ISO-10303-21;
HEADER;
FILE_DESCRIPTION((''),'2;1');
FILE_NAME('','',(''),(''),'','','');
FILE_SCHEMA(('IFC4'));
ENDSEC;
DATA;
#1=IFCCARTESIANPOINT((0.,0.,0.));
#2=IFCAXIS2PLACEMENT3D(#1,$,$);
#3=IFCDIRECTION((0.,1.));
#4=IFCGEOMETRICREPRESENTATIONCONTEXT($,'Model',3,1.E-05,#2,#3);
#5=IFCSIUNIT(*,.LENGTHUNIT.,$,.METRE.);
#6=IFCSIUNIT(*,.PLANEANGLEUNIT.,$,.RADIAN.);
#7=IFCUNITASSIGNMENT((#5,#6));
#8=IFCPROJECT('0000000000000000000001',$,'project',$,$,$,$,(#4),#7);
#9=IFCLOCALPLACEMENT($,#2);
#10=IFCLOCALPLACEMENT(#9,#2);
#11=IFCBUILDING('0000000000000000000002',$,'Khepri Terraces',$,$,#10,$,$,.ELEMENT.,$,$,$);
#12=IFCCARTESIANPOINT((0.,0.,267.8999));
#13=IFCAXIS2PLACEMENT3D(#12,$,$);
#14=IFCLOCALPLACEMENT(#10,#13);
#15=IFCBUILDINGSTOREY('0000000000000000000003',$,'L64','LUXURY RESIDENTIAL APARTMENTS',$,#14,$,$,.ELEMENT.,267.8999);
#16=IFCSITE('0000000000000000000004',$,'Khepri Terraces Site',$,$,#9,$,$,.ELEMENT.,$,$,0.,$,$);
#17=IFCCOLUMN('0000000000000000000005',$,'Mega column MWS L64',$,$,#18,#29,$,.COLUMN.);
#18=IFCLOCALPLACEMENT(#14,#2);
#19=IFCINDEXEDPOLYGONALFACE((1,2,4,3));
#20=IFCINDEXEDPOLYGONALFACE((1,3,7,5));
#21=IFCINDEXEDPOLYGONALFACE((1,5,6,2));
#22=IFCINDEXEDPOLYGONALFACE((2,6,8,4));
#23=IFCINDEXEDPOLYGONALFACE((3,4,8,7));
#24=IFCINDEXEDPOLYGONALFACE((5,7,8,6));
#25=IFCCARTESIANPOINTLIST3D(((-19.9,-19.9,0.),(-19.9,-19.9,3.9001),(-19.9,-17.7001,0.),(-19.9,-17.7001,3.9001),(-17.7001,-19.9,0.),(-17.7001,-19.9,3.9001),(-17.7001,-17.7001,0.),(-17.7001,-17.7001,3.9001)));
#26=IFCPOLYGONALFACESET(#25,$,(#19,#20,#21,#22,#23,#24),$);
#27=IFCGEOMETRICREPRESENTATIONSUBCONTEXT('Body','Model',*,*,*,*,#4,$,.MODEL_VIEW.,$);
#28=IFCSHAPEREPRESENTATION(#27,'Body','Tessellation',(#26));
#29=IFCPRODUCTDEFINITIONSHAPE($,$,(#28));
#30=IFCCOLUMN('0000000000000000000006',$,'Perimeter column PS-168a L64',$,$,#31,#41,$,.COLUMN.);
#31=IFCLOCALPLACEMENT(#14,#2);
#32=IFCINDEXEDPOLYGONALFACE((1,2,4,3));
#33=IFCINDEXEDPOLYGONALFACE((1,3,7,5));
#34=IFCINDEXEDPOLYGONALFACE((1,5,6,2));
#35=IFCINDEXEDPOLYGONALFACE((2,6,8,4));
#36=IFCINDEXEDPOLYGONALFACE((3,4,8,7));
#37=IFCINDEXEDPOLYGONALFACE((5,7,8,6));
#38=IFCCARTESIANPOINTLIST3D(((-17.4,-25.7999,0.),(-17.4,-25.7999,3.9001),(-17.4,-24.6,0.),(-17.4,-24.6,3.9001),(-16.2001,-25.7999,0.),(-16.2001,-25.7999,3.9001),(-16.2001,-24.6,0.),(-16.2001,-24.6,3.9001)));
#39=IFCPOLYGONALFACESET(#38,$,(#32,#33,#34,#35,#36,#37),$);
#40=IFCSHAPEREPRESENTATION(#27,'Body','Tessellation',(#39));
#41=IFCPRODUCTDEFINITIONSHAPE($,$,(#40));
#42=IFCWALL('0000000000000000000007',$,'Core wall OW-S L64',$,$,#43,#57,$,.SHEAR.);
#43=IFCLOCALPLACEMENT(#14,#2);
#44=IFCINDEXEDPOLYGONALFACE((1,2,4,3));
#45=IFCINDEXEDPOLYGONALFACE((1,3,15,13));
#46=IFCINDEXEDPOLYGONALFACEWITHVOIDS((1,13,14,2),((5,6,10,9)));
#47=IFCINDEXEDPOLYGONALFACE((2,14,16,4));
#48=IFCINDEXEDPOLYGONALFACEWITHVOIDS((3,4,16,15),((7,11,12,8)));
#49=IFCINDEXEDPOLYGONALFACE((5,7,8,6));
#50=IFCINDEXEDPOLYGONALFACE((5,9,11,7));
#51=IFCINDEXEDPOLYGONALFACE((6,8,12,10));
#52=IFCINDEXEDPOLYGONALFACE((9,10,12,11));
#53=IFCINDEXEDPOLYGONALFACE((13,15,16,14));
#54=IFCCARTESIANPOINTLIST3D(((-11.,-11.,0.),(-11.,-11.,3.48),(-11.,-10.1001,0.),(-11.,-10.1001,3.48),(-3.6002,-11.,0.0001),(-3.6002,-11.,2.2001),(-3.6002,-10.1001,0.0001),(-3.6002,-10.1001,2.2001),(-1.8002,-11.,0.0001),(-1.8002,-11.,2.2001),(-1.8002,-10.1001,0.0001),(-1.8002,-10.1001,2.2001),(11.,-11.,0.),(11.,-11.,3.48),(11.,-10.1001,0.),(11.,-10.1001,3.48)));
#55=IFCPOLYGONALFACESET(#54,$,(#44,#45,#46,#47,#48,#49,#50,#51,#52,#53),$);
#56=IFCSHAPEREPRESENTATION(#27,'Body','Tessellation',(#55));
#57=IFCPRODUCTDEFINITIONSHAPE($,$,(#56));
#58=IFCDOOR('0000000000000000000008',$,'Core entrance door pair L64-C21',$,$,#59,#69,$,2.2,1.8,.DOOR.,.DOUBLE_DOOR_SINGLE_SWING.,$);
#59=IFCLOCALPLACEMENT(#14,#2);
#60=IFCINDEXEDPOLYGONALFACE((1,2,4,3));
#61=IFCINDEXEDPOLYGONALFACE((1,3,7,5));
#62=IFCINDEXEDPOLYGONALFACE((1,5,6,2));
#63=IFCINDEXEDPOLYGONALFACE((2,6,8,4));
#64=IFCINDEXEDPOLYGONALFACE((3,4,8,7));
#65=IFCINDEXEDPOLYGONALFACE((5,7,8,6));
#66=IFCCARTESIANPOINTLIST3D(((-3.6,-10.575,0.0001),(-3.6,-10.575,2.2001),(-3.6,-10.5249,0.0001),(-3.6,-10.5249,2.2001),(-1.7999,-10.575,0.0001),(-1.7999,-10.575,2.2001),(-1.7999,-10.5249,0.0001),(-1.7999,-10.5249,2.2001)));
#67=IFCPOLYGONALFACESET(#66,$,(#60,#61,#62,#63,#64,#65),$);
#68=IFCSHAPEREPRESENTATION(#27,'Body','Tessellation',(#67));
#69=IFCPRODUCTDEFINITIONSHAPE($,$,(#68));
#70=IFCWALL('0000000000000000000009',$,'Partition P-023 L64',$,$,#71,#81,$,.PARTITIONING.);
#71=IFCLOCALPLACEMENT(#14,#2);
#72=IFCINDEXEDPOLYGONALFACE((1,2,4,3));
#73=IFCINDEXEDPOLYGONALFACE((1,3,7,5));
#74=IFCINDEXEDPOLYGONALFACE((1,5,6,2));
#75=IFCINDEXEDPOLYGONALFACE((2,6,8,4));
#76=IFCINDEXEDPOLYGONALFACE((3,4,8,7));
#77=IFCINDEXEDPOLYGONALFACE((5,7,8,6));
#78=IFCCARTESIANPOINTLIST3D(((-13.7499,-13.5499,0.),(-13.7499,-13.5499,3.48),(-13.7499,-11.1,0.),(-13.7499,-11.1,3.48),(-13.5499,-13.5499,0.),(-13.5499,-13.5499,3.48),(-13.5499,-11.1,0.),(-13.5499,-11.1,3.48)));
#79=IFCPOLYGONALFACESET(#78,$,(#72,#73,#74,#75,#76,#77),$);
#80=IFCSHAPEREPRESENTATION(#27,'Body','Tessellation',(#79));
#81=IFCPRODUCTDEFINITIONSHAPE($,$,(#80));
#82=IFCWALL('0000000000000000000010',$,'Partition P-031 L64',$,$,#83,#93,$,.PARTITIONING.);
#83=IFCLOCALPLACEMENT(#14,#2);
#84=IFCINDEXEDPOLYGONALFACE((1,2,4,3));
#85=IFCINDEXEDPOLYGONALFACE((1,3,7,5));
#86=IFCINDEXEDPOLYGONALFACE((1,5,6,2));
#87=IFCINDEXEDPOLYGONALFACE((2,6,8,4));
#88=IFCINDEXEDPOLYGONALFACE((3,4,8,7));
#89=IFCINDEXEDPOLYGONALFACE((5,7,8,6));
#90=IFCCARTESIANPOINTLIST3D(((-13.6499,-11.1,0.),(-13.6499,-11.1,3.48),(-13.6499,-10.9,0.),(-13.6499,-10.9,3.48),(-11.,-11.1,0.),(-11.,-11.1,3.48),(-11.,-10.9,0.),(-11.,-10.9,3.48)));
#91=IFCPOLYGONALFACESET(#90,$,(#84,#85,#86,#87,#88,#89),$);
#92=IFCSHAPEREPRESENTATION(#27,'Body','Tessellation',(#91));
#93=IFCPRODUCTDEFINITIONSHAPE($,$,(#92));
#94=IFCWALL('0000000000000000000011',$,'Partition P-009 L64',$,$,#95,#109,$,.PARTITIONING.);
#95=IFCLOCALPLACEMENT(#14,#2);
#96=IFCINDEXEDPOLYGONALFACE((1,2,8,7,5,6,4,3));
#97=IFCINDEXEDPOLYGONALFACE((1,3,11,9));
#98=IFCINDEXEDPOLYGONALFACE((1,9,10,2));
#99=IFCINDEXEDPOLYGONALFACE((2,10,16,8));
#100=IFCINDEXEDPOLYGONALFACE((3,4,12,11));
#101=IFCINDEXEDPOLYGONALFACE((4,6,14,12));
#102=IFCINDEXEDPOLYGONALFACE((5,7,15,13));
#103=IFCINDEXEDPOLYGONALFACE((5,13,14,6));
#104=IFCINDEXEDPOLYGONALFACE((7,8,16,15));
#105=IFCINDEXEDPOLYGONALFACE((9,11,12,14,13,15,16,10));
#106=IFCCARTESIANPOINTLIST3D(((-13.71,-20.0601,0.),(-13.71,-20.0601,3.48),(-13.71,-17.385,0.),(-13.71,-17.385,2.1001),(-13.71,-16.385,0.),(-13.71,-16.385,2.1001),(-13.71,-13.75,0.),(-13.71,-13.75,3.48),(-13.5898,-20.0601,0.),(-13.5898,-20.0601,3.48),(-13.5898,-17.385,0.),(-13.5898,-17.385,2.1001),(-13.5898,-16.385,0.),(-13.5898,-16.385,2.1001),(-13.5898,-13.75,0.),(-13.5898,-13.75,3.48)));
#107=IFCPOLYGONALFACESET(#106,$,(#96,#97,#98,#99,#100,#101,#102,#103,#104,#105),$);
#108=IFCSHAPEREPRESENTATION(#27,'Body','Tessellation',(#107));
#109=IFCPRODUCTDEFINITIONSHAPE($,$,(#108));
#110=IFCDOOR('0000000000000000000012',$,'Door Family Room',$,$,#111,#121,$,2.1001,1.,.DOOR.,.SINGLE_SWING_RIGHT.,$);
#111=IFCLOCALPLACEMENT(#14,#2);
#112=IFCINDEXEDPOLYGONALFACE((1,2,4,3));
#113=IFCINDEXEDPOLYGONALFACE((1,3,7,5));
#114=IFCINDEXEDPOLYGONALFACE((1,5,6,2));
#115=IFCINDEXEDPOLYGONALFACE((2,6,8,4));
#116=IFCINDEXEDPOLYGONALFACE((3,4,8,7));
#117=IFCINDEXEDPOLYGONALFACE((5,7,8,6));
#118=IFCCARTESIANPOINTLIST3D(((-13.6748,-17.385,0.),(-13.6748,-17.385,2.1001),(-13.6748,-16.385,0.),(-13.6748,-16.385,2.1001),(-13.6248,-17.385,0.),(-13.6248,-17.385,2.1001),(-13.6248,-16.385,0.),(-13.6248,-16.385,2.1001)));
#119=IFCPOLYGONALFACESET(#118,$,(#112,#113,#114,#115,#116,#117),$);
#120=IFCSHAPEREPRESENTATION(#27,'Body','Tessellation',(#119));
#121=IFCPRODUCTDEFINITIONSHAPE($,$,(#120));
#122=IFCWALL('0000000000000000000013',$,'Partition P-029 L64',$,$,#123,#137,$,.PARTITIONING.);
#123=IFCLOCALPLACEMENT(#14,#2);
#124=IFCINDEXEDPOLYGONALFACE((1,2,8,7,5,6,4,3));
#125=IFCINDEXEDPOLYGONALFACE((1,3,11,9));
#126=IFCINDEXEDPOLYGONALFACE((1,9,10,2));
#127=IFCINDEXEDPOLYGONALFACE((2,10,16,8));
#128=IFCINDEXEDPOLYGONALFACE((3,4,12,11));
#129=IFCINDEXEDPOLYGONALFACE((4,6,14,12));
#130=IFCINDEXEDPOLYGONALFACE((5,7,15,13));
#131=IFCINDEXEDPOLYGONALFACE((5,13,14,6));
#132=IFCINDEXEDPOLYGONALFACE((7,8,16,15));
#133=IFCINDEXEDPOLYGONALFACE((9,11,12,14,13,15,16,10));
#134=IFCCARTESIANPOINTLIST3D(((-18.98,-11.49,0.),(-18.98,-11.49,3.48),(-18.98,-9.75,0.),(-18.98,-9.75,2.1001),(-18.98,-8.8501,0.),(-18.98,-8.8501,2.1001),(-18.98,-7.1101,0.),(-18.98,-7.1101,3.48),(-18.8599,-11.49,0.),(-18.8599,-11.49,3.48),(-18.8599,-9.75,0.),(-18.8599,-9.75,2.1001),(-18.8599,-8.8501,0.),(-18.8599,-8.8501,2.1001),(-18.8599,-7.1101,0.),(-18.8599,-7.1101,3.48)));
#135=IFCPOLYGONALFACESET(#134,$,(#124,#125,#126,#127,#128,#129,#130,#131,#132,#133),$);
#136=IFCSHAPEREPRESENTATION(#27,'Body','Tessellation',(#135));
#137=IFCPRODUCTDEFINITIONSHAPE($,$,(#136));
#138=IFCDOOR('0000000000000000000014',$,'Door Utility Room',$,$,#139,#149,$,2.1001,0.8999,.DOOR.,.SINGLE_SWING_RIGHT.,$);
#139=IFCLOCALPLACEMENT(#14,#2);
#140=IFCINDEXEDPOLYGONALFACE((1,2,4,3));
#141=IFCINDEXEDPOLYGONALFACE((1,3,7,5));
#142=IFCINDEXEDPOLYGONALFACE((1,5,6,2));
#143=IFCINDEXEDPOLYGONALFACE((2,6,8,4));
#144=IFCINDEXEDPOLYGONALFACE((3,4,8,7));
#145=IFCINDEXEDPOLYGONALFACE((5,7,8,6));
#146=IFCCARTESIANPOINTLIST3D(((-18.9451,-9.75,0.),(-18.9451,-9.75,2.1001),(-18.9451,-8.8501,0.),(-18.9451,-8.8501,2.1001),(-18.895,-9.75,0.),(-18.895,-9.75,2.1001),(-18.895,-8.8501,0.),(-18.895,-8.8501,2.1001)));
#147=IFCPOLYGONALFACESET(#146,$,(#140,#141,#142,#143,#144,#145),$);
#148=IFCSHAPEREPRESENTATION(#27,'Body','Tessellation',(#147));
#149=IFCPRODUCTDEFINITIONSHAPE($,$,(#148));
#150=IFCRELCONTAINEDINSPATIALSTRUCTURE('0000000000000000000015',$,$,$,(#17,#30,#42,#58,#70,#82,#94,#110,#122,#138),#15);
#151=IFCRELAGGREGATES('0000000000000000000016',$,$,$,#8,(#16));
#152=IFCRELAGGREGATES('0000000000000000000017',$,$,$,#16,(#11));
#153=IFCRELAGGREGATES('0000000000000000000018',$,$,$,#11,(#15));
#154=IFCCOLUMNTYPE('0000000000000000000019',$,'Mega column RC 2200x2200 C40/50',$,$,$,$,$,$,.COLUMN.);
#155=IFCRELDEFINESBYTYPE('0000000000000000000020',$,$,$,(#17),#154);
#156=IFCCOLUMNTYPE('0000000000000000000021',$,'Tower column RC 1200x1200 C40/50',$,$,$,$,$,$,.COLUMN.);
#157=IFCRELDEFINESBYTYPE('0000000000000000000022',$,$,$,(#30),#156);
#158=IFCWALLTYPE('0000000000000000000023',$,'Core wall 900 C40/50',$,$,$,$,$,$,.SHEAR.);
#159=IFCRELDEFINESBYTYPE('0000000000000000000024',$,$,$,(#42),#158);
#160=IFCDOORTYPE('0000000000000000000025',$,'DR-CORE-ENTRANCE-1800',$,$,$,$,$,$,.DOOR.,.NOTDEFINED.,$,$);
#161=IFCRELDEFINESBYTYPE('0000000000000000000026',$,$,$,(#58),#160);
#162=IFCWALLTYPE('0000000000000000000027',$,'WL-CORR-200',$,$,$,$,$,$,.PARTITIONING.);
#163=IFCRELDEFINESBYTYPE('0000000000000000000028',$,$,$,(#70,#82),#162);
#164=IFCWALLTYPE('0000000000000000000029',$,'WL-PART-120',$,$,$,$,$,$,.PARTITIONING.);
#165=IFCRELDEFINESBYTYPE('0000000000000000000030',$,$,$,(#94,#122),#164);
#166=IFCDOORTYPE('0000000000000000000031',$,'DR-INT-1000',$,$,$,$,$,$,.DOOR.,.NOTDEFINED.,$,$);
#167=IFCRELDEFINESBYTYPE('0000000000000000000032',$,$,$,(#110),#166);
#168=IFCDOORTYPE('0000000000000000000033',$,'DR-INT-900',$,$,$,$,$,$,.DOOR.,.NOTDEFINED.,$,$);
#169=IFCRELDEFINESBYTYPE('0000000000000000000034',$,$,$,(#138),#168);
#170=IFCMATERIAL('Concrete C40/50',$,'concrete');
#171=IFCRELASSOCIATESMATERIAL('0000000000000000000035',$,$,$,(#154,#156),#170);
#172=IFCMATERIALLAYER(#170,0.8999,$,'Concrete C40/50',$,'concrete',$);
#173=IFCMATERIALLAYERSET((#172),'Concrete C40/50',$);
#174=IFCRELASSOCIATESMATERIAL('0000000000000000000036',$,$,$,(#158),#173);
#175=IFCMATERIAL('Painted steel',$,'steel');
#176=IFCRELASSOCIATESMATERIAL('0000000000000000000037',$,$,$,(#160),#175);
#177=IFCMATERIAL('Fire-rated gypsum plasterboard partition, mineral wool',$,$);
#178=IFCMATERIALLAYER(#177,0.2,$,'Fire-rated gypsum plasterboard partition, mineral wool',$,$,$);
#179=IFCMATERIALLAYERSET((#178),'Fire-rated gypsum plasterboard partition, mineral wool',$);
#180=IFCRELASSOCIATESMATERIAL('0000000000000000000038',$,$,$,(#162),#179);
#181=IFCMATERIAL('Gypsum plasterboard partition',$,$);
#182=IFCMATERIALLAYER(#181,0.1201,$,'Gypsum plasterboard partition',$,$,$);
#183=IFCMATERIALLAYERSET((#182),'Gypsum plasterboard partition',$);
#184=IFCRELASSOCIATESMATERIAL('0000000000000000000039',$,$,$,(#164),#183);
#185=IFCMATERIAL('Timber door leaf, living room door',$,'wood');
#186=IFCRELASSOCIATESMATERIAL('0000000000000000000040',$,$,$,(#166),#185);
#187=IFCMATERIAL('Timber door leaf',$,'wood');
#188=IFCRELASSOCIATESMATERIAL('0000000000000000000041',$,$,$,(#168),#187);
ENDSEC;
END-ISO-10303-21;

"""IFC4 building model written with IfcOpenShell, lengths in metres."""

from ifc_helpers import new_model, si_unit, direction, frame, frame_2d, origin, origin_2d, place, context, subcontext, project, spatial, rectangle, extrude, material, layer, layer_set, material_profile, profile_set, type_object, element, fill, save


model = new_model("IFC4")

# Units and contexts
model_context = context("Model", 3, precision=1e-05, world=origin(), true_north=direction((0.0, 1.0)))
body_context = subcontext(model_context, "Body", "Model", "MODEL_VIEW")
ifc_project = project(units=[si_unit("LENGTHUNIT", "METRE"), si_unit("PLANEANGLEUNIT", "RADIAN")], contexts=[model_context])

# Site, building, storey
site_placement = place(None, origin())
site = spatial("IfcSite", under=ifc_project, at=site_placement, Name="Khepri Terraces Site", CompositionType="ELEMENT", RefElevation=0.0)
building_placement = place(site_placement, origin())
building = spatial("IfcBuilding", under=site, at=building_placement, Name="Khepri Terraces", CompositionType="ELEMENT")
storey_placement = place(building_placement, frame((0.0, 0.0, 267.8999)))
storey = spatial("IfcBuildingStorey", under=building, at=storey_placement, Name="L64", Description="LUXURY RESIDENTIAL APARTMENTS", CompositionType="ELEMENT", Elevation=267.8999)

# Columns
ifc_material_1 = material(Name="Concrete C40/50", Category="concrete")
ifc_material_profile_1 = material_profile(ifc_material_1, rectangle(XDim=2.2, YDim=2.2, at=origin_2d()), Name="Concrete C40/50", Category="concrete")
ifc_profile_set_1 = profile_set([ifc_material_profile_1], Name="Concrete C40/50")
column_type_1 = type_object("IfcColumnType", Name="Mega column RC 2200x2200 C40/50", PredefinedType="COLUMN", material=ifc_profile_set_1)
column_1_placement = place(storey_placement, frame((-18.8, -18.8, 0.0), z_axis=(0.0, 0.0, 1.0), x_axis=(1.0, 0.0, 0.0)))
element("IfcColumn", 1, at=column_1_placement, inside=storey, type_object=column_type_1, Name="Mega column MWS L64", PredefinedType="COLUMN", context=body_context, shape_type="SweptSolid", body=[
    extrude(rectangle(XDim=2.2, YDim=2.2, at=origin_2d()), origin(), (0.0, 0.0, 1.0), 3.9001),
])
ifc_material_profile_2 = material_profile(ifc_material_1, rectangle(XDim=1.2, YDim=1.2, at=origin_2d()), Name="Concrete C40/50", Category="concrete")
ifc_profile_set_2 = profile_set([ifc_material_profile_2], Name="Concrete C40/50")
column_type_2 = type_object("IfcColumnType", Name="Tower column RC 1200x1200 C40/50", PredefinedType="COLUMN", material=ifc_profile_set_2)
column_2_placement = place(storey_placement, frame((-16.8, -25.2, 0.0), z_axis=(0.0, 0.0, 1.0), x_axis=(1.0, 0.0, 0.0)))
element("IfcColumn", 2, at=column_2_placement, inside=storey, type_object=column_type_2, Name="Perimeter column PS-168a L64", PredefinedType="COLUMN", context=body_context, shape_type="SweptSolid", body=[
    extrude(rectangle(XDim=1.2, YDim=1.2, at=origin_2d()), origin(), (0.0, 0.0, 1.0), 3.9001),
])

# Wall, opening, door
ifc_layer_1 = layer(ifc_material_1, 0.8999, Name="Concrete C40/50", Category="concrete")
ifc_layer_set_1 = layer_set([ifc_layer_1], Name="Concrete C40/50")
wall_type_1 = type_object("IfcWallType", Name="Core wall 900 C40/50", PredefinedType="SHEAR", material=ifc_layer_set_1)
wall_1_placement = place(storey_placement, frame((-11.0, -10.55, 0.0), z_axis=(0.0, 0.0, 1.0), x_axis=(1.0, 0.0, 0.0)))
wall_1 = element("IfcWall", 3, at=wall_1_placement, inside=storey, type_object=wall_type_1, Name="Core wall OW-S L64", PredefinedType="SHEAR", context=body_context, shape_type="SweptSolid", body=[
    extrude(rectangle(XDim=22.0, YDim=0.8999, at=frame_2d((11.0, 0.0))), origin(), (0.0, 0.0, 1.0), 3.48),
])
opening_1_placement = place(wall_1_placement, frame((7.3999, 0.0, 0.0)))
opening_1 = element("IfcOpeningElement", 4, at=opening_1_placement, cuts=wall_1, PredefinedType="OPENING", context=body_context, shape_type="SweptSolid", body=[
    extrude(rectangle(XDim=1.8, YDim=2.2, at=frame_2d((0.8999, 1.1001))), frame((0.0, 0.46, 0.0), z_axis=(0.0, -1.0, 0.0), x_axis=(1.0, 0.0, 0.0)), (0.0, 0.0, 1.0), 0.9199),
])
ifc_material_2 = material(Name="Painted steel", Category="steel")
door_type_1 = type_object("IfcDoorType", Name="DR-CORE-ENTRANCE-1800", OperationType="NOTDEFINED", PredefinedType="DOOR", material=ifc_material_2)
door_1_placement = place(opening_1_placement, frame((1.8, 0.0, 0.0), z_axis=(0.0, 0.0, 1.0), x_axis=(-1.0, 0.0, 0.0)))
door_1 = element("IfcDoor", 5, at=door_1_placement, inside=storey, type_object=door_type_1, Name="Core entrance door pair L64-C21", OperationType="DOUBLE_DOOR_SINGLE_SWING", OverallHeight=2.2, OverallWidth=1.8, PredefinedType="DOOR", context=body_context, shape_type="SweptSolid", body=[
    extrude(rectangle(XDim=1.8, YDim=2.2, at=frame_2d((0.8999, 1.1001))), frame((0.0, 0.0249, 0.0), z_axis=(0.0, -1.0, 0.0), x_axis=(1.0, 0.0, 0.0)), (0.0, 0.0, 1.0), 0.05),
])
fill(opening_1, door_1)

# Walls
ifc_material_3 = material(Name="Fire-rated gypsum plasterboard partition, mineral wool")
ifc_layer_2 = layer(ifc_material_3, 0.2, Name="Fire-rated gypsum plasterboard partition, mineral wool")
ifc_layer_set_2 = layer_set([ifc_layer_2], Name="Fire-rated gypsum plasterboard partition, mineral wool")
wall_type_2 = type_object("IfcWallType", Name="WL-CORR-200", PredefinedType="PARTITIONING", material=ifc_layer_set_2)
wall_2_placement = place(storey_placement, frame((-13.6499, -13.55, 0.0), z_axis=(0.0, 0.0, 1.0), x_axis=(0.0, 1.0, 0.0)))
element("IfcWall", 6, at=wall_2_placement, inside=storey, type_object=wall_type_2, Name="Partition P-023 L64", PredefinedType="PARTITIONING", context=body_context, shape_type="SweptSolid", body=[
    extrude(rectangle(XDim=2.45, YDim=0.2, at=frame_2d((1.2251, 0.0))), origin(), (0.0, 0.0, 1.0), 3.48),
])
wall_3_placement = place(storey_placement, frame((-13.6499, -11.0, 0.0), z_axis=(0.0, 0.0, 1.0), x_axis=(1.0, 0.0, 0.0)))
element("IfcWall", 7, at=wall_3_placement, inside=storey, type_object=wall_type_2, Name="Partition P-031 L64", PredefinedType="PARTITIONING", context=body_context, shape_type="SweptSolid", body=[
    extrude(rectangle(XDim=2.6499, YDim=0.2, at=frame_2d((1.325, 0.0))), origin(), (0.0, 0.0, 1.0), 3.48),
])

# Walls, openings, doors
ifc_material_4 = material(Name="Gypsum plasterboard partition")
ifc_layer_3 = layer(ifc_material_4, 0.1201, Name="Gypsum plasterboard partition")
ifc_layer_set_3 = layer_set([ifc_layer_3], Name="Gypsum plasterboard partition")
wall_type_3 = type_object("IfcWallType", Name="WL-PART-120", PredefinedType="PARTITIONING", material=ifc_layer_set_3)
wall_4_placement = place(storey_placement, frame((-13.6499, -20.0601, 0.0), z_axis=(0.0, 0.0, 1.0), x_axis=(0.0, 1.0, 0.0)))
wall_4 = element("IfcWall", 8, at=wall_4_placement, inside=storey, type_object=wall_type_3, Name="Partition P-009 L64", PredefinedType="PARTITIONING", context=body_context, shape_type="SweptSolid", body=[
    extrude(rectangle(XDim=6.3101, YDim=0.1201, at=frame_2d((3.155, 0.0))), origin(), (0.0, 0.0, 1.0), 3.48),
])
opening_2_placement = place(wall_4_placement, frame((2.675, 0.0, 0.0)))
opening_2 = element("IfcOpeningElement", 9, at=opening_2_placement, cuts=wall_4, PredefinedType="OPENING", context=body_context, shape_type="SweptSolid", body=[
    extrude(rectangle(XDim=1.0, YDim=2.1001, at=frame_2d((0.5, 1.05))), frame((0.0, 0.0701, 0.0), z_axis=(0.0, -1.0, 0.0), x_axis=(1.0, 0.0, 0.0)), (0.0, 0.0, 1.0), 0.1401),
])
ifc_material_5 = material(Name="Timber door leaf, living room door", Category="wood")
door_type_2 = type_object("IfcDoorType", Name="DR-INT-1000", OperationType="NOTDEFINED", PredefinedType="DOOR", material=ifc_material_5)
door_2_placement = place(opening_2_placement, origin())
door_2 = element("IfcDoor", 10, at=door_2_placement, inside=storey, type_object=door_type_2, Name="Door Family Room", OperationType="SINGLE_SWING_RIGHT", OverallHeight=2.1001, OverallWidth=1.0, PredefinedType="DOOR", context=body_context, shape_type="SweptSolid", body=[
    extrude(rectangle(XDim=1.0, YDim=2.1001, at=frame_2d((0.5, 1.05))), frame((0.0, 0.0249, 0.0), z_axis=(0.0, -1.0, 0.0), x_axis=(1.0, 0.0, 0.0)), (0.0, 0.0, 1.0), 0.05),
])
fill(opening_2, door_2)
wall_5_placement = place(storey_placement, frame((-18.9199, -11.49, 0.0), z_axis=(0.0, 0.0, 1.0), x_axis=(0.0, 1.0, 0.0)))
wall_5 = element("IfcWall", 11, at=wall_5_placement, inside=storey, type_object=wall_type_3, Name="Partition P-029 L64", PredefinedType="PARTITIONING", context=body_context, shape_type="SweptSolid", body=[
    extrude(rectangle(XDim=4.3799, YDim=0.1201, at=frame_2d((2.1899, 0.0))), origin(), (0.0, 0.0, 1.0), 3.48),
])
opening_3_placement = place(wall_5_placement, frame((1.74, 0.0, 0.0)))
opening_3 = element("IfcOpeningElement", 12, at=opening_3_placement, cuts=wall_5, PredefinedType="OPENING", context=body_context, shape_type="SweptSolid", body=[
    extrude(rectangle(XDim=0.8999, YDim=2.1001, at=frame_2d((0.45, 1.05))), frame((0.0, 0.0701, 0.0), z_axis=(0.0, -1.0, 0.0), x_axis=(1.0, 0.0, 0.0)), (0.0, 0.0, 1.0), 0.1401),
])
ifc_material_6 = material(Name="Timber door leaf", Category="wood")
door_type_3 = type_object("IfcDoorType", Name="DR-INT-900", OperationType="NOTDEFINED", PredefinedType="DOOR", material=ifc_material_6)
door_3_placement = place(opening_3_placement, frame((0.8999, 0.0, 0.0), z_axis=(0.0, 0.0, 1.0), x_axis=(-1.0, 0.0, 0.0)))
door_3 = element("IfcDoor", 13, at=door_3_placement, inside=storey, type_object=door_type_3, Name="Door Utility Room", OperationType="SINGLE_SWING_RIGHT", OverallHeight=2.1001, OverallWidth=0.8999, PredefinedType="DOOR", context=body_context, shape_type="SweptSolid", body=[
    extrude(rectangle(XDim=0.8999, YDim=2.1001, at=frame_2d((0.45, 1.05))), frame((0.0, 0.0249, 0.0), z_axis=(0.0, -1.0, 0.0), x_axis=(1.0, 0.0, 0.0)), (0.0, 0.0, 1.0), 0.05),
])
fill(opening_3, door_3)

save(model, "model.ifc")
